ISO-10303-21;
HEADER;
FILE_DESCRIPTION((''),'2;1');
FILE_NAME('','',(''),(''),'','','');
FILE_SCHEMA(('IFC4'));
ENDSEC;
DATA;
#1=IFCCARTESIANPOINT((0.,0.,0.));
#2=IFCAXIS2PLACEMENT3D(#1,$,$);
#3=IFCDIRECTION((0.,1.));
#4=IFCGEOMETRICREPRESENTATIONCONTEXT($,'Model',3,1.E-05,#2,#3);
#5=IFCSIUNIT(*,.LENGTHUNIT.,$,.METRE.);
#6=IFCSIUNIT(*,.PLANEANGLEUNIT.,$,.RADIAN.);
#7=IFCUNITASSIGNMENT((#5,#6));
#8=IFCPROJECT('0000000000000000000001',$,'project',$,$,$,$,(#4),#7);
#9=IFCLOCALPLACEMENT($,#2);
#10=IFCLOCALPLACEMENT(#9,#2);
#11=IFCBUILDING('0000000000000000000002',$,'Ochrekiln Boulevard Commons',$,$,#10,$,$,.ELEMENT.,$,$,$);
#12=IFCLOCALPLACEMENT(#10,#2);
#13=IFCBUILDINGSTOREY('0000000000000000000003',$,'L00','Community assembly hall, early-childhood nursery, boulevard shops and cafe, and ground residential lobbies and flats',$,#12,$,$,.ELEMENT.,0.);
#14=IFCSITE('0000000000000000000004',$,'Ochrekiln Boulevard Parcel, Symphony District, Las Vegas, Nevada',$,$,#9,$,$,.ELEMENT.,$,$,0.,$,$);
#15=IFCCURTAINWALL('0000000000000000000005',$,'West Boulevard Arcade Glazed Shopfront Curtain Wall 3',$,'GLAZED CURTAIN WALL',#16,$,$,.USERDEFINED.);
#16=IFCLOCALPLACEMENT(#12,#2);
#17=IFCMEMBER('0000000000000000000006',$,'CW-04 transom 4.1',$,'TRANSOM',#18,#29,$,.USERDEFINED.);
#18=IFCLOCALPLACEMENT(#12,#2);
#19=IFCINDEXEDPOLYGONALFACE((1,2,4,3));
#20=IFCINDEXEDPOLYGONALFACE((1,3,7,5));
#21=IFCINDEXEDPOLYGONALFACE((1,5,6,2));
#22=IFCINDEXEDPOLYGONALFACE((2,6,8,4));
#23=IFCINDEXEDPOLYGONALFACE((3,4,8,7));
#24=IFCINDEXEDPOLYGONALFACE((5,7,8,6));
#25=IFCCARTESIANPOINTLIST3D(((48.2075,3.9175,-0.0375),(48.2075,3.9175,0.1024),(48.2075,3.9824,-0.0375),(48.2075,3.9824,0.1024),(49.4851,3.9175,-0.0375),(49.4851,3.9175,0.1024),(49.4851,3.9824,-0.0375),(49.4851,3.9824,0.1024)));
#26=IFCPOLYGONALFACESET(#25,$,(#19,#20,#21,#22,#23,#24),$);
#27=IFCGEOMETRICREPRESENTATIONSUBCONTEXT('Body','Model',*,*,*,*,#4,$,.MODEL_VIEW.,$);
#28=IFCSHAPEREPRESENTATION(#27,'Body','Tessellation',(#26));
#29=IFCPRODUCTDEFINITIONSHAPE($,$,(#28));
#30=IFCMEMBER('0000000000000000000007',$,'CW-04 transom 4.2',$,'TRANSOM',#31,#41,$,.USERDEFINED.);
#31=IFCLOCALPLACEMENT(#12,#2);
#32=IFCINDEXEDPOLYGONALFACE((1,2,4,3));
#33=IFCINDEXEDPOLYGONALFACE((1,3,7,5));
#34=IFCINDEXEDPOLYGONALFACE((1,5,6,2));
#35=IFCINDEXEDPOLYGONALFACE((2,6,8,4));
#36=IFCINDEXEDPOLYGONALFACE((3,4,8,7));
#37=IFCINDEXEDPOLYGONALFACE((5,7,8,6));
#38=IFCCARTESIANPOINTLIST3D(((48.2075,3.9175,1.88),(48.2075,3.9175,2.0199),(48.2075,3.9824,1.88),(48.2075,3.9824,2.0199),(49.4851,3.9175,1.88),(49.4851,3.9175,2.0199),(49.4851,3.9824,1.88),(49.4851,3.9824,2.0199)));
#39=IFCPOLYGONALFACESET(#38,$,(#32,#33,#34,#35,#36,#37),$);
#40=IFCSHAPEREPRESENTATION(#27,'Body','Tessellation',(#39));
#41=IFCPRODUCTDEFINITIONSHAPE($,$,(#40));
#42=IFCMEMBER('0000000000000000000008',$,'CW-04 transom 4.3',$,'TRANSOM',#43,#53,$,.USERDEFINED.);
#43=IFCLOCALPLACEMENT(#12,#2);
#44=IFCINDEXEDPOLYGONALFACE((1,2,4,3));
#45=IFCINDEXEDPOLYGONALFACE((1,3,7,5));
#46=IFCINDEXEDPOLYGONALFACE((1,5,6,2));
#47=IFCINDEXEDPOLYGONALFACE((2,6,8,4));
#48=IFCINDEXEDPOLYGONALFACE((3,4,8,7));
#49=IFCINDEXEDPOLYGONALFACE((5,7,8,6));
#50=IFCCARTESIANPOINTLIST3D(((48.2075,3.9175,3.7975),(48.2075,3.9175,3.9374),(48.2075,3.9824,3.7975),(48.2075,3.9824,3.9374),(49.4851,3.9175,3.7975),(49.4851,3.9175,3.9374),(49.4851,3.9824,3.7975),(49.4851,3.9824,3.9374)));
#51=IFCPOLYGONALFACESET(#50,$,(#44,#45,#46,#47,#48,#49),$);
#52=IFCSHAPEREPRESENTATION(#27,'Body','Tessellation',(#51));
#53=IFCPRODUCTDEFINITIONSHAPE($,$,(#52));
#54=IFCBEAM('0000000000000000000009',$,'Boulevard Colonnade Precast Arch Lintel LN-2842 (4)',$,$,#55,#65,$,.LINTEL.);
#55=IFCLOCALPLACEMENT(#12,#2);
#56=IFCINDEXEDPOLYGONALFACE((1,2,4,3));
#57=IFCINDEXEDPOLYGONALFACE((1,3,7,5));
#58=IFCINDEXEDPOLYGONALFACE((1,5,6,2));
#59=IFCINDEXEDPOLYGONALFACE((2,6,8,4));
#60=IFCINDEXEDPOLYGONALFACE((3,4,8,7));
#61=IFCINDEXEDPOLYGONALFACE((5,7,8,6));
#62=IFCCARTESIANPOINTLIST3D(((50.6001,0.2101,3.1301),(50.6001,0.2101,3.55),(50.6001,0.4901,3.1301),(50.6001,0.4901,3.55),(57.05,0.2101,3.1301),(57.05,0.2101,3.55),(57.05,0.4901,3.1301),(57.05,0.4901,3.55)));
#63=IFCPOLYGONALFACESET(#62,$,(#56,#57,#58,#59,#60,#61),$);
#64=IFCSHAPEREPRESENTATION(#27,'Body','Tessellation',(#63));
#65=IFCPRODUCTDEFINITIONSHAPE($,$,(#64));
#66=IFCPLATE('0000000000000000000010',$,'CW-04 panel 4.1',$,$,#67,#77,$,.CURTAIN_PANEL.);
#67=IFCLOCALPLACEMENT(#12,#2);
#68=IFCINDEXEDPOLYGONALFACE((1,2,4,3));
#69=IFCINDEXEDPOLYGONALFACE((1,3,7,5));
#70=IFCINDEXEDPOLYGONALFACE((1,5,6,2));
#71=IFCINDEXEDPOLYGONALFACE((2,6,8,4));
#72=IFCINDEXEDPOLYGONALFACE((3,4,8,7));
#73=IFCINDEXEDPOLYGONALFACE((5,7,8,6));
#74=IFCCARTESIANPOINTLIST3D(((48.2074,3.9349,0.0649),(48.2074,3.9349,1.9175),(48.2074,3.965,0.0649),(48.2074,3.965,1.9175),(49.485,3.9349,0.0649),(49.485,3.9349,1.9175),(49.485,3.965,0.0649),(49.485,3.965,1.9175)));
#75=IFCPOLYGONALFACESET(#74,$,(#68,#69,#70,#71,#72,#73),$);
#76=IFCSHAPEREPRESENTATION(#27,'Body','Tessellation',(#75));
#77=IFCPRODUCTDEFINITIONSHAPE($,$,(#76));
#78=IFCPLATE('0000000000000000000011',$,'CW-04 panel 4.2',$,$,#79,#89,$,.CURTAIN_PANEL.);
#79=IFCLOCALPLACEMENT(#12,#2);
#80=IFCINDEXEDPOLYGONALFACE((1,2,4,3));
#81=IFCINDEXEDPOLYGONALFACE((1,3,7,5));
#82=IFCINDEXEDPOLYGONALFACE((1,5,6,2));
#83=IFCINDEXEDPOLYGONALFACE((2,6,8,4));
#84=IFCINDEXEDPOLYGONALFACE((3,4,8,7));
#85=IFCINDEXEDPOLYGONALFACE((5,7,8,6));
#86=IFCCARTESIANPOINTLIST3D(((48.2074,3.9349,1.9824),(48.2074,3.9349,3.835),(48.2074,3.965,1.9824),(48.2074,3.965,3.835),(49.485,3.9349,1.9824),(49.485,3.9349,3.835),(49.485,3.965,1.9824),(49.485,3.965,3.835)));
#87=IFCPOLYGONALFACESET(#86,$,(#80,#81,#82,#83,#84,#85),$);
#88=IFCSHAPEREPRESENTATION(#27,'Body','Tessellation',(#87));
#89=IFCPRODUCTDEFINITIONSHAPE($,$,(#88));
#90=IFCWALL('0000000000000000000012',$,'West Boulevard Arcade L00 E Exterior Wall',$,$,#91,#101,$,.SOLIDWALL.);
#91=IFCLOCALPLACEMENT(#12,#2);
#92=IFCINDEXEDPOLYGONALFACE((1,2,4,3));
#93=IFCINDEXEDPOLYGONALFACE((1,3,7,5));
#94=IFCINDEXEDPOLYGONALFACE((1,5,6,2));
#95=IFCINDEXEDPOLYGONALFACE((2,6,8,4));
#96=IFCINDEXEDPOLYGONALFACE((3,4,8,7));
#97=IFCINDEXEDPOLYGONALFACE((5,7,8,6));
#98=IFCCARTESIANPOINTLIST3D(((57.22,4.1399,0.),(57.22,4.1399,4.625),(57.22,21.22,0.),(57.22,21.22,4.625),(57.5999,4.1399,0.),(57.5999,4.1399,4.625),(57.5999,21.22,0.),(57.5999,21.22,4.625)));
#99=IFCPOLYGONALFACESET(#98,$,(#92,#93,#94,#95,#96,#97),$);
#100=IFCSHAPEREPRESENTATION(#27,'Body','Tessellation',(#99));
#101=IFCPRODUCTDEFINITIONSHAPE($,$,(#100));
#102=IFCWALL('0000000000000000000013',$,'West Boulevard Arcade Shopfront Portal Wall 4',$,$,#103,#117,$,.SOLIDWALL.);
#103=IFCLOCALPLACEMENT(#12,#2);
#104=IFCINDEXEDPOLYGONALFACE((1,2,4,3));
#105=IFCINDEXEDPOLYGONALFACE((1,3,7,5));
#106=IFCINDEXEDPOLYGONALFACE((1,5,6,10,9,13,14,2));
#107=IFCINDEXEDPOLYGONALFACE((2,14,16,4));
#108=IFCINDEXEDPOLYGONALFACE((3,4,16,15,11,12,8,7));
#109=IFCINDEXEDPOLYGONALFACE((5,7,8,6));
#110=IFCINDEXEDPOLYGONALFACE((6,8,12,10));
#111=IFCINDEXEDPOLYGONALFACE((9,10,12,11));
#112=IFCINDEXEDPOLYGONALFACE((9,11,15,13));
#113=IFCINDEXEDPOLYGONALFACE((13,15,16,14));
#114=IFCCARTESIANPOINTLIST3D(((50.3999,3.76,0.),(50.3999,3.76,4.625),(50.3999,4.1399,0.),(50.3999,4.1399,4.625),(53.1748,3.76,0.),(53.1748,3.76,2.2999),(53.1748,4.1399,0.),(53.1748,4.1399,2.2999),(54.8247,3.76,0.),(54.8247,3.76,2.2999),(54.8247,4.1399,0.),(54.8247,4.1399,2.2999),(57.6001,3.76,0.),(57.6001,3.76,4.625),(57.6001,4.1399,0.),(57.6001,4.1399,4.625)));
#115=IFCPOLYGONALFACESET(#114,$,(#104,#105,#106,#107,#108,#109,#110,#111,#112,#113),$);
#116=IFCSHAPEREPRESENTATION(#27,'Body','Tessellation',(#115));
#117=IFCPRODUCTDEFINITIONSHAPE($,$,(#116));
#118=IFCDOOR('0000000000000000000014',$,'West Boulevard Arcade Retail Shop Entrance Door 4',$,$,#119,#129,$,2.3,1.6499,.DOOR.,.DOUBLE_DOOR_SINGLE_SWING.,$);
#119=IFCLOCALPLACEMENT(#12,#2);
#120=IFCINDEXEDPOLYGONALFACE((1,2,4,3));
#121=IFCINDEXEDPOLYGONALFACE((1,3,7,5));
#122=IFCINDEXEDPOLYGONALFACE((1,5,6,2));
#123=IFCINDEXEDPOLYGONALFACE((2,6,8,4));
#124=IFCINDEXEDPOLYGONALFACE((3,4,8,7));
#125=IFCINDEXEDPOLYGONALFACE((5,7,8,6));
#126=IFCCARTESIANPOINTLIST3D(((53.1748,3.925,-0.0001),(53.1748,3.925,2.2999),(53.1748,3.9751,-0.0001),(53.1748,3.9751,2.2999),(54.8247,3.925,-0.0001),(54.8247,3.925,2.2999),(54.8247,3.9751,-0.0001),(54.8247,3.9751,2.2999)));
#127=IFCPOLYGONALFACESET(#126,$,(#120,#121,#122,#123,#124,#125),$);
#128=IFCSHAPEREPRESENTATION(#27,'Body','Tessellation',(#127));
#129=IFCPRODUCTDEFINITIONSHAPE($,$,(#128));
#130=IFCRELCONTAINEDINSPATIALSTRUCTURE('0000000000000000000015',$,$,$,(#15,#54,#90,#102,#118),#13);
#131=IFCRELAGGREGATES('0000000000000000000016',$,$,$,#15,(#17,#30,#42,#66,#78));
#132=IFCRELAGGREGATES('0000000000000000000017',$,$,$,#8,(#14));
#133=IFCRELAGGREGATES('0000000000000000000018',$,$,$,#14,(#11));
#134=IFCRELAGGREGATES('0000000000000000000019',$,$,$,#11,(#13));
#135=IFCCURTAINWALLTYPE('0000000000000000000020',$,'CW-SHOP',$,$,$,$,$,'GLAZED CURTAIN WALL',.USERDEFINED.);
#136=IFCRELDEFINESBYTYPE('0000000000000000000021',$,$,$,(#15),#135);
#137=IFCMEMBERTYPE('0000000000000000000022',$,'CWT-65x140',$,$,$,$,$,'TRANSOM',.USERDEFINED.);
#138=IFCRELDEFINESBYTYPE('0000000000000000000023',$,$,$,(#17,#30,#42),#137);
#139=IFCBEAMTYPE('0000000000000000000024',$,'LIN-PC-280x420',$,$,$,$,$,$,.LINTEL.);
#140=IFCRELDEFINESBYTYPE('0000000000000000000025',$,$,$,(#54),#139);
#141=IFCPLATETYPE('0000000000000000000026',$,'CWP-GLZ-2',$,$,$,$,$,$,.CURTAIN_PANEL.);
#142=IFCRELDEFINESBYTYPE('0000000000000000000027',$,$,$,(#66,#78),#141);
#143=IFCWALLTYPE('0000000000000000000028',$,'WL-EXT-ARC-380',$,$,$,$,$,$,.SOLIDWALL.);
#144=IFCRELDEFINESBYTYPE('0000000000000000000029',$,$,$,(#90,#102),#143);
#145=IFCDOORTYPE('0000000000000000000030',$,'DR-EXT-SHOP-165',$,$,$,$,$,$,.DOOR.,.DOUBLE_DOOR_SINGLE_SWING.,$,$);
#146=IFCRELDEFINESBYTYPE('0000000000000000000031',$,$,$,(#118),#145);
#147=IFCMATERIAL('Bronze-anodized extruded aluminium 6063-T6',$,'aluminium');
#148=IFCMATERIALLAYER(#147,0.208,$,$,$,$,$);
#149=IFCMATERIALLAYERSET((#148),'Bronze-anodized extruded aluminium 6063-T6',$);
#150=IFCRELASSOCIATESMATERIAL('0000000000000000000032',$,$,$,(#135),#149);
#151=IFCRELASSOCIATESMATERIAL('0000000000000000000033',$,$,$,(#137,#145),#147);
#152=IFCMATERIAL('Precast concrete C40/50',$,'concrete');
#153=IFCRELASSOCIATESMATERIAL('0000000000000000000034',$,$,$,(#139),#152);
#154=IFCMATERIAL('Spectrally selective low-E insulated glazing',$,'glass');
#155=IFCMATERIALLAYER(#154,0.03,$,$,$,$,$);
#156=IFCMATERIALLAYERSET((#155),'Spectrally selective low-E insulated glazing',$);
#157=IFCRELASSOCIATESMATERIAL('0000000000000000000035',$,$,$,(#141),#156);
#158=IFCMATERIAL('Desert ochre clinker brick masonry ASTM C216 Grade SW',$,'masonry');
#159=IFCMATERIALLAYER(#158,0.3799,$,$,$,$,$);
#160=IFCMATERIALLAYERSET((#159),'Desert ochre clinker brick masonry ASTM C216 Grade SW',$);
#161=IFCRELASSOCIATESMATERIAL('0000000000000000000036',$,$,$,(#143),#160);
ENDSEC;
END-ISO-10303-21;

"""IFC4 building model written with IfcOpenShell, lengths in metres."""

from ifc_helpers import new_model, si_unit, direction, frame, frame_2d, origin, origin_2d, place, context, subcontext, project, spatial, rectangle, extrude, material, layer, layer_set, material_profile, profile_set, type_object, element, fill, aggregate, save


model = new_model("IFC4")

# Units and contexts
model_context = context("Model", 3, precision=1e-05, world=origin(), true_north=direction((0.0, 1.0)))
body_context = subcontext(model_context, "Body", "Model", "MODEL_VIEW")
ifc_project = project(units=[si_unit("LENGTHUNIT", "METRE"), si_unit("PLANEANGLEUNIT", "RADIAN")], contexts=[model_context])

# Site, building, storey
site_placement = place(None, origin())
site = spatial("IfcSite", under=ifc_project, at=site_placement, Name="Ochrekiln Boulevard Parcel, Symphony District, Las Vegas, Nevada", CompositionType="ELEMENT", RefElevation=0.0)
building_placement = place(site_placement, origin())
building = spatial("IfcBuilding", under=site, at=building_placement, Name="Ochrekiln Boulevard Commons", CompositionType="ELEMENT")
storey_placement = place(building_placement, origin())
storey = spatial("IfcBuildingStorey", under=building, at=storey_placement, Name="L00", Description="Community assembly hall, early-childhood nursery, boulevard shops and cafe, and ground residential lobbies and flats", CompositionType="ELEMENT", Elevation=0.0)

# Curtain wall, members
ifc_material_1 = material(Name="Bronze-anodized extruded aluminium 6063-T6", Category="aluminium")
ifc_layer_1 = layer(ifc_material_1, 0.208)
ifc_layer_set_1 = layer_set([ifc_layer_1], Name="Bronze-anodized extruded aluminium 6063-T6")
curtain_wall_type = type_object("IfcCurtainWallType", Name="CW-SHOP", ElementType="GLAZED CURTAIN WALL", PredefinedType="USERDEFINED", material=ifc_layer_set_1)
curtain_wall_placement = place(storey_placement, origin())
curtain_wall = element("IfcCurtainWall", 1, at=curtain_wall_placement, inside=storey, type_object=curtain_wall_type, Name="West Boulevard Arcade Glazed Shopfront Curtain Wall 3", ObjectType="GLAZED CURTAIN WALL", PredefinedType="USERDEFINED")
ifc_material_profile_1 = material_profile(ifc_material_1, rectangle(XDim=0.0649, YDim=0.1399, at=origin_2d()), Name="ALU-TRN-65x140")
ifc_profile_set_1 = profile_set([ifc_material_profile_1], Name="Bronze-anodized extruded aluminium 6063-T6")
member_type_1 = type_object("IfcMemberType", Name="CWT-65x140", ElementType="TRANSOM", PredefinedType="USERDEFINED", material=ifc_profile_set_1)
member_1_placement = place(storey_placement, frame((48.2075, 3.95, 0.0325), z_axis=(1.0, 0.0, 0.0), x_axis=(0.0, 1.0, 0.0)))
member_1 = element("IfcMember", 2, at=member_1_placement, type_object=member_type_1, Name="CW-04 transom 4.1", ObjectType="TRANSOM", PredefinedType="USERDEFINED", context=body_context, shape_type="SweptSolid", body=[
    extrude(rectangle(XDim=0.0649, YDim=0.1399, at=origin_2d()), origin(), (0.0, 0.0, 1.0), 1.2776),
])
member_2_placement = place(storey_placement, frame((48.2075, 3.95, 1.95), z_axis=(1.0, 0.0, 0.0), x_axis=(0.0, 1.0, 0.0)))
member_2 = element("IfcMember", 3, at=member_2_placement, type_object=member_type_1, Name="CW-04 transom 4.2", ObjectType="TRANSOM", PredefinedType="USERDEFINED", context=body_context, shape_type="SweptSolid", body=[
    extrude(rectangle(XDim=0.0649, YDim=0.1399, at=origin_2d()), origin(), (0.0, 0.0, 1.0), 1.2776),
])
member_3_placement = place(storey_placement, frame((48.2075, 3.95, 3.8674), z_axis=(1.0, 0.0, 0.0), x_axis=(0.0, 1.0, 0.0)))
member_3 = element("IfcMember", 4, at=member_3_placement, type_object=member_type_1, Name="CW-04 transom 4.3", ObjectType="TRANSOM", PredefinedType="USERDEFINED", context=body_context, shape_type="SweptSolid", body=[
    extrude(rectangle(XDim=0.0649, YDim=0.1399, at=origin_2d()), origin(), (0.0, 0.0, 1.0), 1.2776),
])

# Beam
ifc_material_2 = material(Name="Precast concrete C40/50", Category="concrete")
ifc_material_profile_2 = material_profile(ifc_material_2, rectangle(XDim=0.28, YDim=0.4199, at=origin_2d()), Name="RC-LIN-280x420")
ifc_profile_set_2 = profile_set([ifc_material_profile_2], Name="Precast concrete C40/50")
beam_type_1 = type_object("IfcBeamType", Name="LIN-PC-280x420", PredefinedType="LINTEL", material=ifc_profile_set_2)
beam_1_placement = place(storey_placement, frame((50.6001, 0.3501, 3.3401), z_axis=(1.0, 0.0, 0.0), x_axis=(0.0, 1.0, 0.0)))
element("IfcBeam", 5, at=beam_1_placement, inside=storey, type_object=beam_type_1, Name="Boulevard Colonnade Precast Arch Lintel LN-2842 (4)", PredefinedType="LINTEL", context=body_context, shape_type="SweptSolid", body=[
    extrude(rectangle(XDim=0.28, YDim=0.4199, at=origin_2d()), origin(), (0.0, 0.0, 1.0), 6.45),
])

# Plates
ifc_material_3 = material(Name="Spectrally selective low-E insulated glazing", Category="glass")
ifc_layer_2 = layer(ifc_material_3, 0.03)
ifc_layer_set_2 = layer_set([ifc_layer_2], Name="Spectrally selective low-E insulated glazing")
plate_type = type_object("IfcPlateType", Name="CWP-GLZ-2", PredefinedType="CURTAIN_PANEL", material=ifc_layer_set_2)
plate_1_placement = place(storey_placement, frame((48.8462, 3.95, 0.0649), z_axis=(0.0, 0.0, 1.0), x_axis=(1.0, 0.0, 0.0)))
plate_1 = element("IfcPlate", 6, at=plate_1_placement, type_object=plate_type, Name="CW-04 panel 4.1", PredefinedType="CURTAIN_PANEL", context=body_context, shape_type="SweptSolid", body=[
    extrude(rectangle(XDim=1.2776, YDim=0.03, at=origin_2d()), origin(), (0.0, 0.0, 1.0), 1.8525),
])
plate_2_placement = place(storey_placement, frame((48.8462, 3.95, 1.9824), z_axis=(0.0, 0.0, 1.0), x_axis=(1.0, 0.0, 0.0)))
plate_2 = element("IfcPlate", 7, at=plate_2_placement, type_object=plate_type, Name="CW-04 panel 4.2", PredefinedType="CURTAIN_PANEL", context=body_context, shape_type="SweptSolid", body=[
    extrude(rectangle(XDim=1.2776, YDim=0.03, at=origin_2d()), origin(), (0.0, 0.0, 1.0), 1.8525),
])
aggregate(curtain_wall, [member_1, member_2, member_3, plate_1, plate_2])

# Wall
ifc_material_4 = material(Name="Desert ochre clinker brick masonry ASTM C216 Grade SW", Category="masonry")
ifc_layer_3 = layer(ifc_material_4, 0.3799)
ifc_layer_set_3 = layer_set([ifc_layer_3], Name="Desert ochre clinker brick masonry ASTM C216 Grade SW")
wall_type = type_object("IfcWallType", Name="WL-EXT-ARC-380", PredefinedType="SOLIDWALL", material=ifc_layer_set_3)
wall_1_placement = place(storey_placement, frame((57.4099, 4.1399, 0.0), z_axis=(0.0, 0.0, 1.0), x_axis=(0.0, 1.0, 0.0)))
element("IfcWall", 8, at=wall_1_placement, inside=storey, type_object=wall_type, Name="West Boulevard Arcade L00 E Exterior Wall", PredefinedType="SOLIDWALL", context=body_context, shape_type="SweptSolid", body=[
    extrude(rectangle(XDim=17.0801, YDim=0.3799, at=frame_2d((8.54, 0.0))), origin(), (0.0, 0.0, 1.0), 4.625),
])

# Wall, opening, door
wall_2_placement = place(storey_placement, frame((50.3999, 3.95, 0.0), z_axis=(0.0, 0.0, 1.0), x_axis=(1.0, 0.0, 0.0)))
wall_2 = element("IfcWall", 9, at=wall_2_placement, inside=storey, type_object=wall_type, Name="West Boulevard Arcade Shopfront Portal Wall 4", PredefinedType="SOLIDWALL", context=body_context, shape_type="SweptSolid", body=[
    extrude(rectangle(XDim=7.2002, YDim=0.3799, at=frame_2d((3.6001, 0.0))), origin(), (0.0, 0.0, 1.0), 4.625),
])
opening_placement = place(wall_2_placement, frame((2.7749, 0.0, 0.0)))
opening = element("IfcOpeningElement", 10, at=opening_placement, cuts=wall_2, PredefinedType="OPENING", context=body_context, shape_type="SweptSolid", body=[
    extrude(rectangle(XDim=1.6499, YDim=2.3, at=frame_2d((0.825, 1.1499))), frame((0.0, 0.2, 0.0), z_axis=(0.0, -1.0, 0.0), x_axis=(1.0, 0.0, 0.0)), (0.0, 0.0, 1.0), 0.3999),
])
door_type = type_object("IfcDoorType", Name="DR-EXT-SHOP-165", OperationType="DOUBLE_DOOR_SINGLE_SWING", PredefinedType="DOOR", material=ifc_material_1)
door_placement = place(opening_placement, frame((1.6499, 0.0, 0.0), z_axis=(0.0, 0.0, 1.0), x_axis=(-1.0, 0.0, 0.0)))
door = element("IfcDoor", 11, at=door_placement, inside=storey, type_object=door_type, Name="West Boulevard Arcade Retail Shop Entrance Door 4", OperationType="DOUBLE_DOOR_SINGLE_SWING", OverallHeight=2.3, OverallWidth=1.6499, PredefinedType="DOOR", context=body_context, shape_type="SweptSolid", body=[
    extrude(rectangle(XDim=1.6499, YDim=2.3, at=frame_2d((0.825, 1.1499))), frame((0.0, 0.0249, 0.0), z_axis=(0.0, -1.0, 0.0), x_axis=(1.0, 0.0, 0.0)), (0.0, 0.0, 1.0), 0.05),
])
fill(opening, door)

save(model, "model.ifc")
